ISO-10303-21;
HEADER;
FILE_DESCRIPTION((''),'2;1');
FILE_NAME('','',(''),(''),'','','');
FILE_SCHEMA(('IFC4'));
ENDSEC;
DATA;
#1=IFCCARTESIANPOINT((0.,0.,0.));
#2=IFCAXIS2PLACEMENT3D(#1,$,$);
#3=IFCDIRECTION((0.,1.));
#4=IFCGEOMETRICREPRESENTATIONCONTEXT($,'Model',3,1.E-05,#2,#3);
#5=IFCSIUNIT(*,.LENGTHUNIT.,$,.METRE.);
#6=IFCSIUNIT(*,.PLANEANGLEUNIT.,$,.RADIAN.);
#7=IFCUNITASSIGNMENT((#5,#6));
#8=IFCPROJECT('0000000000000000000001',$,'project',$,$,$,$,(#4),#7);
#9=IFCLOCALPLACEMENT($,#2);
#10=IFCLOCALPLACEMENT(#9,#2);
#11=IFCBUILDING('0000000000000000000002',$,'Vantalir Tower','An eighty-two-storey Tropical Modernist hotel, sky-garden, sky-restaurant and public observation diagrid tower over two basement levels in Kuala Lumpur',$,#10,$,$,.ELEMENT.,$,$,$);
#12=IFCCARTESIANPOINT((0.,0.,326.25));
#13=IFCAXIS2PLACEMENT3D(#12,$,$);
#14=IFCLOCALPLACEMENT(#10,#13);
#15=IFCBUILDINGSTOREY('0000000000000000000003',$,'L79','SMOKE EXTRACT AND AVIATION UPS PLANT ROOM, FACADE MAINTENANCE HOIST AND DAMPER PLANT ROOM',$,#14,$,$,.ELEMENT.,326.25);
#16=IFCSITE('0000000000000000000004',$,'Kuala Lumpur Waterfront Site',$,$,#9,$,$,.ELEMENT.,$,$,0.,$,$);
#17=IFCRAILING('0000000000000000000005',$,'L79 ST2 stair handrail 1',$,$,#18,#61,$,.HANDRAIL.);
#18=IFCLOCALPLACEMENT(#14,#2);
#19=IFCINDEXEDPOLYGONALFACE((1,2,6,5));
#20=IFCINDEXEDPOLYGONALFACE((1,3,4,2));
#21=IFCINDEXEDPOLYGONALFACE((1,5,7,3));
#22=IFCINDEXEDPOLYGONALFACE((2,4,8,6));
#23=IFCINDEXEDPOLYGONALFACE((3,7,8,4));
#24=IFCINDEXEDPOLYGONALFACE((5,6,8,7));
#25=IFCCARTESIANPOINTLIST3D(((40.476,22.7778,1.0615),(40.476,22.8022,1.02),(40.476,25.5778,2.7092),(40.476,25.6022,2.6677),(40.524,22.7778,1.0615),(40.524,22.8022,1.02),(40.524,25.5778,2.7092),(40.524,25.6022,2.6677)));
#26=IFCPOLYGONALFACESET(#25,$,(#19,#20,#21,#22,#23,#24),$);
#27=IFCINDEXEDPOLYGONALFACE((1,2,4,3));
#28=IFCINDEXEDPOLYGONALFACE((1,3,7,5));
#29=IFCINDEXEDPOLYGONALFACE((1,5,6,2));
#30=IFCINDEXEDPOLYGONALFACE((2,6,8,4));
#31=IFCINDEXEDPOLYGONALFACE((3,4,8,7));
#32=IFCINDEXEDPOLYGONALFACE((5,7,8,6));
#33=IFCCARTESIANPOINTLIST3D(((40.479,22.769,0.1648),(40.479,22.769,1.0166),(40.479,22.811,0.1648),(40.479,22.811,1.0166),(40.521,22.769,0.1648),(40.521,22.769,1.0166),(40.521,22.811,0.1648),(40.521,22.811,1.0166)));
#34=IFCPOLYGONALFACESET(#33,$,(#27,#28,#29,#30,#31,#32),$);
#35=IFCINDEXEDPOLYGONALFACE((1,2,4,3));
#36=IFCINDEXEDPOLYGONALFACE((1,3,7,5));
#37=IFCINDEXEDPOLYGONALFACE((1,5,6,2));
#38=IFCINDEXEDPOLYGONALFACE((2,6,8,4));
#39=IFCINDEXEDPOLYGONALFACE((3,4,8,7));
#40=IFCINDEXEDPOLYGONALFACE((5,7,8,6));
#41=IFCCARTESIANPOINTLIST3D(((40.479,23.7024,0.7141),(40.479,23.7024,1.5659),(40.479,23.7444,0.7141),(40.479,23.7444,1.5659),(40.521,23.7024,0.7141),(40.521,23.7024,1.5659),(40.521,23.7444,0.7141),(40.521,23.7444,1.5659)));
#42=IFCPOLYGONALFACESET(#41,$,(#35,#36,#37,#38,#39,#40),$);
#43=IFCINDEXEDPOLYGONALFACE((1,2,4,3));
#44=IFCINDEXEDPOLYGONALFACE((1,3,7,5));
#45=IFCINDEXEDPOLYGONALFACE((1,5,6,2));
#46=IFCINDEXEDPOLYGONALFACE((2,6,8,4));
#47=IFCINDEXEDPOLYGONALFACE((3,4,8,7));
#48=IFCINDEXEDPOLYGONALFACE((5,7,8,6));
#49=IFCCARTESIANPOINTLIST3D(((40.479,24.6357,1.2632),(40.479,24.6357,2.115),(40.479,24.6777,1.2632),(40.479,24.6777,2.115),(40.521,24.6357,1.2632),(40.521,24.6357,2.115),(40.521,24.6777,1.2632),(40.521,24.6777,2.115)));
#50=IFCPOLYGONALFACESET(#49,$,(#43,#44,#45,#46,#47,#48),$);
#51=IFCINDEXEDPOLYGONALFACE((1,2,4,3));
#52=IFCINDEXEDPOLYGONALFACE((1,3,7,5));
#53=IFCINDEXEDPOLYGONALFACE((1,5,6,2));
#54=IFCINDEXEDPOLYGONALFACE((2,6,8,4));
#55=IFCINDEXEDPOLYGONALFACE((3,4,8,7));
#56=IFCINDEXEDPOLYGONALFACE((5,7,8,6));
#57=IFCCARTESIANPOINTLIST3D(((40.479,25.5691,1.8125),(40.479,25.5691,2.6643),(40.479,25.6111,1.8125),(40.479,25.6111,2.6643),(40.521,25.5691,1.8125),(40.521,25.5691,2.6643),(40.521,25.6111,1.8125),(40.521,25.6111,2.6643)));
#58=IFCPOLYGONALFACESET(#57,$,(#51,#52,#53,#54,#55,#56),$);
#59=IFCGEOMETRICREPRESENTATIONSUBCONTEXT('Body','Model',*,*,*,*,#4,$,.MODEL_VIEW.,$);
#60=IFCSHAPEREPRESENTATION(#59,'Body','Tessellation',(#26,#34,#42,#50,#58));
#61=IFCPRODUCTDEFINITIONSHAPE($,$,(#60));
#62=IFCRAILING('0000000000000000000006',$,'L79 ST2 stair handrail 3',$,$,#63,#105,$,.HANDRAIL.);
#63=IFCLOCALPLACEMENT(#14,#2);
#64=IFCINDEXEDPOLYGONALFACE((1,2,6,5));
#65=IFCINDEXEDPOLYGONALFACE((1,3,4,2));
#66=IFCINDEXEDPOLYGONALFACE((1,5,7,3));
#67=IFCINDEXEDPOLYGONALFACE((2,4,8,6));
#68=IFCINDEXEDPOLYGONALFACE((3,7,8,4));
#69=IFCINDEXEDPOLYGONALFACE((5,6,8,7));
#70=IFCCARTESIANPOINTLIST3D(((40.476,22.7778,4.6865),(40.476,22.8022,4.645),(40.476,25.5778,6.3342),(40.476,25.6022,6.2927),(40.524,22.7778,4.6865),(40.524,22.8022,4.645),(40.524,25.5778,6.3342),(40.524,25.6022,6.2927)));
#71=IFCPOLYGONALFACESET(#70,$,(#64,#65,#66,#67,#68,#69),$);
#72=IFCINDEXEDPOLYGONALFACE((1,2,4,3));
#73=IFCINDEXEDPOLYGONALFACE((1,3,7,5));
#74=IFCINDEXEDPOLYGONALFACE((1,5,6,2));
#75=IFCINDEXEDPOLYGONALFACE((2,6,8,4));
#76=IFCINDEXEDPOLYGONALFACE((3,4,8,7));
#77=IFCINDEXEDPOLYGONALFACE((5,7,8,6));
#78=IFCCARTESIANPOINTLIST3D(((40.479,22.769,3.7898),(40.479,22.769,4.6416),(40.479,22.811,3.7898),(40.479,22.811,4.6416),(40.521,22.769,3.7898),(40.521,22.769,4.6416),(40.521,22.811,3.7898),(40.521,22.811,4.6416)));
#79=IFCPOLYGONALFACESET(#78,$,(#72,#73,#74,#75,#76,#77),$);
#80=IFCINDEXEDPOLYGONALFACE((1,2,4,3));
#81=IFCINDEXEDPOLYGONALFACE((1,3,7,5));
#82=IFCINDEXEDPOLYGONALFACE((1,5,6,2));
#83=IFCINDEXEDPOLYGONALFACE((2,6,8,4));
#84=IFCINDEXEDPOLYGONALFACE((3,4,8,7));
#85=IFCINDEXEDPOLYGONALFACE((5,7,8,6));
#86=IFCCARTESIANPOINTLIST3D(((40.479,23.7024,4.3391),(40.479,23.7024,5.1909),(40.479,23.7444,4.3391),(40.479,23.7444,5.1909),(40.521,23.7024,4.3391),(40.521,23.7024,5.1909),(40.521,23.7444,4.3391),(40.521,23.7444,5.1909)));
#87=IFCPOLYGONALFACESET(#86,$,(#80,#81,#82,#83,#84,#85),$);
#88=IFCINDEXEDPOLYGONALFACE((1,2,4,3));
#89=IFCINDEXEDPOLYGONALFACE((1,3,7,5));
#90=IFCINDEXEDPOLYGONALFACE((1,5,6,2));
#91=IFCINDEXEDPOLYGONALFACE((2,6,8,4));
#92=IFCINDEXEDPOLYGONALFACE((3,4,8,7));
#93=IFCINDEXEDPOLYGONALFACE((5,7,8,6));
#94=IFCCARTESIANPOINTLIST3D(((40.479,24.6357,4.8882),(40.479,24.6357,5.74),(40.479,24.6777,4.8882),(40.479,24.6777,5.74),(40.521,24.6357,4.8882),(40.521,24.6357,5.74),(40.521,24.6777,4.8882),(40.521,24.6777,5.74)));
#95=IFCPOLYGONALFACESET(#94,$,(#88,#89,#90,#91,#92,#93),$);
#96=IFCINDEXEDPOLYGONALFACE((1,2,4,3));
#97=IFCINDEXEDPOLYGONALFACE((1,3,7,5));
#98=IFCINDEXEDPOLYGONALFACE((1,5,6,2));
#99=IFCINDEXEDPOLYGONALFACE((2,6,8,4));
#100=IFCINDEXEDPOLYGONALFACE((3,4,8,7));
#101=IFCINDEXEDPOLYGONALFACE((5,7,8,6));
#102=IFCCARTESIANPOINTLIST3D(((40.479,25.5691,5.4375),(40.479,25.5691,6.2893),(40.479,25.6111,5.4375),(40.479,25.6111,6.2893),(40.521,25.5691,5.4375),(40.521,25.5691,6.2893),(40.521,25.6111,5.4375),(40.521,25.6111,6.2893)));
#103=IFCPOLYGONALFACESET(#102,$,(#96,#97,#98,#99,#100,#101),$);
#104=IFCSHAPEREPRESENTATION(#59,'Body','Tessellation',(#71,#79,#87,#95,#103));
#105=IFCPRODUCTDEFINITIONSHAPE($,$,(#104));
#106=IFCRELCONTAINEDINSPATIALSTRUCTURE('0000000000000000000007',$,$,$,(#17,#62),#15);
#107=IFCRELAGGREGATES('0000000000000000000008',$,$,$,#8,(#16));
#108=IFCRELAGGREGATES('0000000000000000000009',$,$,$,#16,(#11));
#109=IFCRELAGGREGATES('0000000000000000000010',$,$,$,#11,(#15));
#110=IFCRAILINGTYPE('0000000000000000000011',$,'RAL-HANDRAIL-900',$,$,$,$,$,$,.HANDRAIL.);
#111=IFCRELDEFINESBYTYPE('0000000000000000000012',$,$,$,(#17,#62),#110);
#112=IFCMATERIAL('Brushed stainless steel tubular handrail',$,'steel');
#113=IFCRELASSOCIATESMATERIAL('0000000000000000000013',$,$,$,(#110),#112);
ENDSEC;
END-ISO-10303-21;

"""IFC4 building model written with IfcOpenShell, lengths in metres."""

from ifc_helpers import new_model, si_unit, direction, frame, origin, origin_2d, place, context, subcontext, project, spatial, rectangle, extrude, material, type_object, element, save


model = new_model("IFC4")

# Units and contexts
model_context = context("Model", 3, precision=1e-05, world=origin(), true_north=direction((0.0, 1.0)))
body_context = subcontext(model_context, "Body", "Model", "MODEL_VIEW")
ifc_project = project(units=[si_unit("LENGTHUNIT", "METRE"), si_unit("PLANEANGLEUNIT", "RADIAN")], contexts=[model_context])

# Site, building, storey
site_placement = place(None, origin())
site = spatial("IfcSite", under=ifc_project, at=site_placement, Name="Kuala Lumpur Waterfront Site", CompositionType="ELEMENT", RefElevation=0.0)
building_placement = place(site_placement, origin())
building = spatial("IfcBuilding", under=site, at=building_placement, Name="Vantalir Tower", Description="An eighty-two-storey Tropical Modernist hotel, sky-garden, sky-restaurant and public observation diagrid tower over two basement levels in Kuala Lumpur", CompositionType="ELEMENT")
storey_placement = place(building_placement, frame((0.0, 0.0, 326.25)))
storey = spatial("IfcBuildingStorey", under=building, at=storey_placement, Name="L79", Description="SMOKE EXTRACT AND AVIATION UPS PLANT ROOM, FACADE MAINTENANCE HOIST AND DAMPER PLANT ROOM", CompositionType="ELEMENT", Elevation=326.25)

# Railings
ifc_material_1 = material(Name="Brushed stainless steel tubular handrail", Category="steel")
railing_type = type_object("IfcRailingType", Name="RAL-HANDRAIL-900", PredefinedType="HANDRAIL", material=ifc_material_1)
for number, where, name in (
    (1, (40.5, 22.79, 0.1648), "L79 ST2 stair handrail 1"),
    (2, (40.5, 22.79, 3.7898), "L79 ST2 stair handrail 3"),
):
    element("IfcRailing", number, at=place(storey_placement, frame(where)), inside=storey, type_object=railing_type, Name=name, PredefinedType="HANDRAIL", context=body_context, shape_type="SweptSolid", body=[
        extrude(rectangle(XDim=0.0481, YDim=0.0481, at=origin_2d()), frame((0.0, 0.0, 0.876), z_axis=(0.0, 0.861851, 0.507161), x_axis=(-1.0, 0.0, 0.0)), (0.0, 0.0, 1.0), 3.2488),
        extrude(rectangle(XDim=0.042, YDim=0.042, at=origin_2d()), origin(), (0.0, 0.0, 1.0), 0.8518),
        extrude(rectangle(XDim=0.042, YDim=0.042, at=origin_2d()), frame((0.0, 0.9333, 0.5493)), (0.0, 0.0, 1.0), 0.8518),
        extrude(rectangle(XDim=0.042, YDim=0.042, at=origin_2d()), frame((0.0, 1.8667, 1.0984)), (0.0, 0.0, 1.0), 0.8518),
        extrude(rectangle(XDim=0.042, YDim=0.042, at=origin_2d()), frame((0.0, 2.8, 1.6477)), (0.0, 0.0, 1.0), 0.8518),
    ])

save(model, "model.ifc")
